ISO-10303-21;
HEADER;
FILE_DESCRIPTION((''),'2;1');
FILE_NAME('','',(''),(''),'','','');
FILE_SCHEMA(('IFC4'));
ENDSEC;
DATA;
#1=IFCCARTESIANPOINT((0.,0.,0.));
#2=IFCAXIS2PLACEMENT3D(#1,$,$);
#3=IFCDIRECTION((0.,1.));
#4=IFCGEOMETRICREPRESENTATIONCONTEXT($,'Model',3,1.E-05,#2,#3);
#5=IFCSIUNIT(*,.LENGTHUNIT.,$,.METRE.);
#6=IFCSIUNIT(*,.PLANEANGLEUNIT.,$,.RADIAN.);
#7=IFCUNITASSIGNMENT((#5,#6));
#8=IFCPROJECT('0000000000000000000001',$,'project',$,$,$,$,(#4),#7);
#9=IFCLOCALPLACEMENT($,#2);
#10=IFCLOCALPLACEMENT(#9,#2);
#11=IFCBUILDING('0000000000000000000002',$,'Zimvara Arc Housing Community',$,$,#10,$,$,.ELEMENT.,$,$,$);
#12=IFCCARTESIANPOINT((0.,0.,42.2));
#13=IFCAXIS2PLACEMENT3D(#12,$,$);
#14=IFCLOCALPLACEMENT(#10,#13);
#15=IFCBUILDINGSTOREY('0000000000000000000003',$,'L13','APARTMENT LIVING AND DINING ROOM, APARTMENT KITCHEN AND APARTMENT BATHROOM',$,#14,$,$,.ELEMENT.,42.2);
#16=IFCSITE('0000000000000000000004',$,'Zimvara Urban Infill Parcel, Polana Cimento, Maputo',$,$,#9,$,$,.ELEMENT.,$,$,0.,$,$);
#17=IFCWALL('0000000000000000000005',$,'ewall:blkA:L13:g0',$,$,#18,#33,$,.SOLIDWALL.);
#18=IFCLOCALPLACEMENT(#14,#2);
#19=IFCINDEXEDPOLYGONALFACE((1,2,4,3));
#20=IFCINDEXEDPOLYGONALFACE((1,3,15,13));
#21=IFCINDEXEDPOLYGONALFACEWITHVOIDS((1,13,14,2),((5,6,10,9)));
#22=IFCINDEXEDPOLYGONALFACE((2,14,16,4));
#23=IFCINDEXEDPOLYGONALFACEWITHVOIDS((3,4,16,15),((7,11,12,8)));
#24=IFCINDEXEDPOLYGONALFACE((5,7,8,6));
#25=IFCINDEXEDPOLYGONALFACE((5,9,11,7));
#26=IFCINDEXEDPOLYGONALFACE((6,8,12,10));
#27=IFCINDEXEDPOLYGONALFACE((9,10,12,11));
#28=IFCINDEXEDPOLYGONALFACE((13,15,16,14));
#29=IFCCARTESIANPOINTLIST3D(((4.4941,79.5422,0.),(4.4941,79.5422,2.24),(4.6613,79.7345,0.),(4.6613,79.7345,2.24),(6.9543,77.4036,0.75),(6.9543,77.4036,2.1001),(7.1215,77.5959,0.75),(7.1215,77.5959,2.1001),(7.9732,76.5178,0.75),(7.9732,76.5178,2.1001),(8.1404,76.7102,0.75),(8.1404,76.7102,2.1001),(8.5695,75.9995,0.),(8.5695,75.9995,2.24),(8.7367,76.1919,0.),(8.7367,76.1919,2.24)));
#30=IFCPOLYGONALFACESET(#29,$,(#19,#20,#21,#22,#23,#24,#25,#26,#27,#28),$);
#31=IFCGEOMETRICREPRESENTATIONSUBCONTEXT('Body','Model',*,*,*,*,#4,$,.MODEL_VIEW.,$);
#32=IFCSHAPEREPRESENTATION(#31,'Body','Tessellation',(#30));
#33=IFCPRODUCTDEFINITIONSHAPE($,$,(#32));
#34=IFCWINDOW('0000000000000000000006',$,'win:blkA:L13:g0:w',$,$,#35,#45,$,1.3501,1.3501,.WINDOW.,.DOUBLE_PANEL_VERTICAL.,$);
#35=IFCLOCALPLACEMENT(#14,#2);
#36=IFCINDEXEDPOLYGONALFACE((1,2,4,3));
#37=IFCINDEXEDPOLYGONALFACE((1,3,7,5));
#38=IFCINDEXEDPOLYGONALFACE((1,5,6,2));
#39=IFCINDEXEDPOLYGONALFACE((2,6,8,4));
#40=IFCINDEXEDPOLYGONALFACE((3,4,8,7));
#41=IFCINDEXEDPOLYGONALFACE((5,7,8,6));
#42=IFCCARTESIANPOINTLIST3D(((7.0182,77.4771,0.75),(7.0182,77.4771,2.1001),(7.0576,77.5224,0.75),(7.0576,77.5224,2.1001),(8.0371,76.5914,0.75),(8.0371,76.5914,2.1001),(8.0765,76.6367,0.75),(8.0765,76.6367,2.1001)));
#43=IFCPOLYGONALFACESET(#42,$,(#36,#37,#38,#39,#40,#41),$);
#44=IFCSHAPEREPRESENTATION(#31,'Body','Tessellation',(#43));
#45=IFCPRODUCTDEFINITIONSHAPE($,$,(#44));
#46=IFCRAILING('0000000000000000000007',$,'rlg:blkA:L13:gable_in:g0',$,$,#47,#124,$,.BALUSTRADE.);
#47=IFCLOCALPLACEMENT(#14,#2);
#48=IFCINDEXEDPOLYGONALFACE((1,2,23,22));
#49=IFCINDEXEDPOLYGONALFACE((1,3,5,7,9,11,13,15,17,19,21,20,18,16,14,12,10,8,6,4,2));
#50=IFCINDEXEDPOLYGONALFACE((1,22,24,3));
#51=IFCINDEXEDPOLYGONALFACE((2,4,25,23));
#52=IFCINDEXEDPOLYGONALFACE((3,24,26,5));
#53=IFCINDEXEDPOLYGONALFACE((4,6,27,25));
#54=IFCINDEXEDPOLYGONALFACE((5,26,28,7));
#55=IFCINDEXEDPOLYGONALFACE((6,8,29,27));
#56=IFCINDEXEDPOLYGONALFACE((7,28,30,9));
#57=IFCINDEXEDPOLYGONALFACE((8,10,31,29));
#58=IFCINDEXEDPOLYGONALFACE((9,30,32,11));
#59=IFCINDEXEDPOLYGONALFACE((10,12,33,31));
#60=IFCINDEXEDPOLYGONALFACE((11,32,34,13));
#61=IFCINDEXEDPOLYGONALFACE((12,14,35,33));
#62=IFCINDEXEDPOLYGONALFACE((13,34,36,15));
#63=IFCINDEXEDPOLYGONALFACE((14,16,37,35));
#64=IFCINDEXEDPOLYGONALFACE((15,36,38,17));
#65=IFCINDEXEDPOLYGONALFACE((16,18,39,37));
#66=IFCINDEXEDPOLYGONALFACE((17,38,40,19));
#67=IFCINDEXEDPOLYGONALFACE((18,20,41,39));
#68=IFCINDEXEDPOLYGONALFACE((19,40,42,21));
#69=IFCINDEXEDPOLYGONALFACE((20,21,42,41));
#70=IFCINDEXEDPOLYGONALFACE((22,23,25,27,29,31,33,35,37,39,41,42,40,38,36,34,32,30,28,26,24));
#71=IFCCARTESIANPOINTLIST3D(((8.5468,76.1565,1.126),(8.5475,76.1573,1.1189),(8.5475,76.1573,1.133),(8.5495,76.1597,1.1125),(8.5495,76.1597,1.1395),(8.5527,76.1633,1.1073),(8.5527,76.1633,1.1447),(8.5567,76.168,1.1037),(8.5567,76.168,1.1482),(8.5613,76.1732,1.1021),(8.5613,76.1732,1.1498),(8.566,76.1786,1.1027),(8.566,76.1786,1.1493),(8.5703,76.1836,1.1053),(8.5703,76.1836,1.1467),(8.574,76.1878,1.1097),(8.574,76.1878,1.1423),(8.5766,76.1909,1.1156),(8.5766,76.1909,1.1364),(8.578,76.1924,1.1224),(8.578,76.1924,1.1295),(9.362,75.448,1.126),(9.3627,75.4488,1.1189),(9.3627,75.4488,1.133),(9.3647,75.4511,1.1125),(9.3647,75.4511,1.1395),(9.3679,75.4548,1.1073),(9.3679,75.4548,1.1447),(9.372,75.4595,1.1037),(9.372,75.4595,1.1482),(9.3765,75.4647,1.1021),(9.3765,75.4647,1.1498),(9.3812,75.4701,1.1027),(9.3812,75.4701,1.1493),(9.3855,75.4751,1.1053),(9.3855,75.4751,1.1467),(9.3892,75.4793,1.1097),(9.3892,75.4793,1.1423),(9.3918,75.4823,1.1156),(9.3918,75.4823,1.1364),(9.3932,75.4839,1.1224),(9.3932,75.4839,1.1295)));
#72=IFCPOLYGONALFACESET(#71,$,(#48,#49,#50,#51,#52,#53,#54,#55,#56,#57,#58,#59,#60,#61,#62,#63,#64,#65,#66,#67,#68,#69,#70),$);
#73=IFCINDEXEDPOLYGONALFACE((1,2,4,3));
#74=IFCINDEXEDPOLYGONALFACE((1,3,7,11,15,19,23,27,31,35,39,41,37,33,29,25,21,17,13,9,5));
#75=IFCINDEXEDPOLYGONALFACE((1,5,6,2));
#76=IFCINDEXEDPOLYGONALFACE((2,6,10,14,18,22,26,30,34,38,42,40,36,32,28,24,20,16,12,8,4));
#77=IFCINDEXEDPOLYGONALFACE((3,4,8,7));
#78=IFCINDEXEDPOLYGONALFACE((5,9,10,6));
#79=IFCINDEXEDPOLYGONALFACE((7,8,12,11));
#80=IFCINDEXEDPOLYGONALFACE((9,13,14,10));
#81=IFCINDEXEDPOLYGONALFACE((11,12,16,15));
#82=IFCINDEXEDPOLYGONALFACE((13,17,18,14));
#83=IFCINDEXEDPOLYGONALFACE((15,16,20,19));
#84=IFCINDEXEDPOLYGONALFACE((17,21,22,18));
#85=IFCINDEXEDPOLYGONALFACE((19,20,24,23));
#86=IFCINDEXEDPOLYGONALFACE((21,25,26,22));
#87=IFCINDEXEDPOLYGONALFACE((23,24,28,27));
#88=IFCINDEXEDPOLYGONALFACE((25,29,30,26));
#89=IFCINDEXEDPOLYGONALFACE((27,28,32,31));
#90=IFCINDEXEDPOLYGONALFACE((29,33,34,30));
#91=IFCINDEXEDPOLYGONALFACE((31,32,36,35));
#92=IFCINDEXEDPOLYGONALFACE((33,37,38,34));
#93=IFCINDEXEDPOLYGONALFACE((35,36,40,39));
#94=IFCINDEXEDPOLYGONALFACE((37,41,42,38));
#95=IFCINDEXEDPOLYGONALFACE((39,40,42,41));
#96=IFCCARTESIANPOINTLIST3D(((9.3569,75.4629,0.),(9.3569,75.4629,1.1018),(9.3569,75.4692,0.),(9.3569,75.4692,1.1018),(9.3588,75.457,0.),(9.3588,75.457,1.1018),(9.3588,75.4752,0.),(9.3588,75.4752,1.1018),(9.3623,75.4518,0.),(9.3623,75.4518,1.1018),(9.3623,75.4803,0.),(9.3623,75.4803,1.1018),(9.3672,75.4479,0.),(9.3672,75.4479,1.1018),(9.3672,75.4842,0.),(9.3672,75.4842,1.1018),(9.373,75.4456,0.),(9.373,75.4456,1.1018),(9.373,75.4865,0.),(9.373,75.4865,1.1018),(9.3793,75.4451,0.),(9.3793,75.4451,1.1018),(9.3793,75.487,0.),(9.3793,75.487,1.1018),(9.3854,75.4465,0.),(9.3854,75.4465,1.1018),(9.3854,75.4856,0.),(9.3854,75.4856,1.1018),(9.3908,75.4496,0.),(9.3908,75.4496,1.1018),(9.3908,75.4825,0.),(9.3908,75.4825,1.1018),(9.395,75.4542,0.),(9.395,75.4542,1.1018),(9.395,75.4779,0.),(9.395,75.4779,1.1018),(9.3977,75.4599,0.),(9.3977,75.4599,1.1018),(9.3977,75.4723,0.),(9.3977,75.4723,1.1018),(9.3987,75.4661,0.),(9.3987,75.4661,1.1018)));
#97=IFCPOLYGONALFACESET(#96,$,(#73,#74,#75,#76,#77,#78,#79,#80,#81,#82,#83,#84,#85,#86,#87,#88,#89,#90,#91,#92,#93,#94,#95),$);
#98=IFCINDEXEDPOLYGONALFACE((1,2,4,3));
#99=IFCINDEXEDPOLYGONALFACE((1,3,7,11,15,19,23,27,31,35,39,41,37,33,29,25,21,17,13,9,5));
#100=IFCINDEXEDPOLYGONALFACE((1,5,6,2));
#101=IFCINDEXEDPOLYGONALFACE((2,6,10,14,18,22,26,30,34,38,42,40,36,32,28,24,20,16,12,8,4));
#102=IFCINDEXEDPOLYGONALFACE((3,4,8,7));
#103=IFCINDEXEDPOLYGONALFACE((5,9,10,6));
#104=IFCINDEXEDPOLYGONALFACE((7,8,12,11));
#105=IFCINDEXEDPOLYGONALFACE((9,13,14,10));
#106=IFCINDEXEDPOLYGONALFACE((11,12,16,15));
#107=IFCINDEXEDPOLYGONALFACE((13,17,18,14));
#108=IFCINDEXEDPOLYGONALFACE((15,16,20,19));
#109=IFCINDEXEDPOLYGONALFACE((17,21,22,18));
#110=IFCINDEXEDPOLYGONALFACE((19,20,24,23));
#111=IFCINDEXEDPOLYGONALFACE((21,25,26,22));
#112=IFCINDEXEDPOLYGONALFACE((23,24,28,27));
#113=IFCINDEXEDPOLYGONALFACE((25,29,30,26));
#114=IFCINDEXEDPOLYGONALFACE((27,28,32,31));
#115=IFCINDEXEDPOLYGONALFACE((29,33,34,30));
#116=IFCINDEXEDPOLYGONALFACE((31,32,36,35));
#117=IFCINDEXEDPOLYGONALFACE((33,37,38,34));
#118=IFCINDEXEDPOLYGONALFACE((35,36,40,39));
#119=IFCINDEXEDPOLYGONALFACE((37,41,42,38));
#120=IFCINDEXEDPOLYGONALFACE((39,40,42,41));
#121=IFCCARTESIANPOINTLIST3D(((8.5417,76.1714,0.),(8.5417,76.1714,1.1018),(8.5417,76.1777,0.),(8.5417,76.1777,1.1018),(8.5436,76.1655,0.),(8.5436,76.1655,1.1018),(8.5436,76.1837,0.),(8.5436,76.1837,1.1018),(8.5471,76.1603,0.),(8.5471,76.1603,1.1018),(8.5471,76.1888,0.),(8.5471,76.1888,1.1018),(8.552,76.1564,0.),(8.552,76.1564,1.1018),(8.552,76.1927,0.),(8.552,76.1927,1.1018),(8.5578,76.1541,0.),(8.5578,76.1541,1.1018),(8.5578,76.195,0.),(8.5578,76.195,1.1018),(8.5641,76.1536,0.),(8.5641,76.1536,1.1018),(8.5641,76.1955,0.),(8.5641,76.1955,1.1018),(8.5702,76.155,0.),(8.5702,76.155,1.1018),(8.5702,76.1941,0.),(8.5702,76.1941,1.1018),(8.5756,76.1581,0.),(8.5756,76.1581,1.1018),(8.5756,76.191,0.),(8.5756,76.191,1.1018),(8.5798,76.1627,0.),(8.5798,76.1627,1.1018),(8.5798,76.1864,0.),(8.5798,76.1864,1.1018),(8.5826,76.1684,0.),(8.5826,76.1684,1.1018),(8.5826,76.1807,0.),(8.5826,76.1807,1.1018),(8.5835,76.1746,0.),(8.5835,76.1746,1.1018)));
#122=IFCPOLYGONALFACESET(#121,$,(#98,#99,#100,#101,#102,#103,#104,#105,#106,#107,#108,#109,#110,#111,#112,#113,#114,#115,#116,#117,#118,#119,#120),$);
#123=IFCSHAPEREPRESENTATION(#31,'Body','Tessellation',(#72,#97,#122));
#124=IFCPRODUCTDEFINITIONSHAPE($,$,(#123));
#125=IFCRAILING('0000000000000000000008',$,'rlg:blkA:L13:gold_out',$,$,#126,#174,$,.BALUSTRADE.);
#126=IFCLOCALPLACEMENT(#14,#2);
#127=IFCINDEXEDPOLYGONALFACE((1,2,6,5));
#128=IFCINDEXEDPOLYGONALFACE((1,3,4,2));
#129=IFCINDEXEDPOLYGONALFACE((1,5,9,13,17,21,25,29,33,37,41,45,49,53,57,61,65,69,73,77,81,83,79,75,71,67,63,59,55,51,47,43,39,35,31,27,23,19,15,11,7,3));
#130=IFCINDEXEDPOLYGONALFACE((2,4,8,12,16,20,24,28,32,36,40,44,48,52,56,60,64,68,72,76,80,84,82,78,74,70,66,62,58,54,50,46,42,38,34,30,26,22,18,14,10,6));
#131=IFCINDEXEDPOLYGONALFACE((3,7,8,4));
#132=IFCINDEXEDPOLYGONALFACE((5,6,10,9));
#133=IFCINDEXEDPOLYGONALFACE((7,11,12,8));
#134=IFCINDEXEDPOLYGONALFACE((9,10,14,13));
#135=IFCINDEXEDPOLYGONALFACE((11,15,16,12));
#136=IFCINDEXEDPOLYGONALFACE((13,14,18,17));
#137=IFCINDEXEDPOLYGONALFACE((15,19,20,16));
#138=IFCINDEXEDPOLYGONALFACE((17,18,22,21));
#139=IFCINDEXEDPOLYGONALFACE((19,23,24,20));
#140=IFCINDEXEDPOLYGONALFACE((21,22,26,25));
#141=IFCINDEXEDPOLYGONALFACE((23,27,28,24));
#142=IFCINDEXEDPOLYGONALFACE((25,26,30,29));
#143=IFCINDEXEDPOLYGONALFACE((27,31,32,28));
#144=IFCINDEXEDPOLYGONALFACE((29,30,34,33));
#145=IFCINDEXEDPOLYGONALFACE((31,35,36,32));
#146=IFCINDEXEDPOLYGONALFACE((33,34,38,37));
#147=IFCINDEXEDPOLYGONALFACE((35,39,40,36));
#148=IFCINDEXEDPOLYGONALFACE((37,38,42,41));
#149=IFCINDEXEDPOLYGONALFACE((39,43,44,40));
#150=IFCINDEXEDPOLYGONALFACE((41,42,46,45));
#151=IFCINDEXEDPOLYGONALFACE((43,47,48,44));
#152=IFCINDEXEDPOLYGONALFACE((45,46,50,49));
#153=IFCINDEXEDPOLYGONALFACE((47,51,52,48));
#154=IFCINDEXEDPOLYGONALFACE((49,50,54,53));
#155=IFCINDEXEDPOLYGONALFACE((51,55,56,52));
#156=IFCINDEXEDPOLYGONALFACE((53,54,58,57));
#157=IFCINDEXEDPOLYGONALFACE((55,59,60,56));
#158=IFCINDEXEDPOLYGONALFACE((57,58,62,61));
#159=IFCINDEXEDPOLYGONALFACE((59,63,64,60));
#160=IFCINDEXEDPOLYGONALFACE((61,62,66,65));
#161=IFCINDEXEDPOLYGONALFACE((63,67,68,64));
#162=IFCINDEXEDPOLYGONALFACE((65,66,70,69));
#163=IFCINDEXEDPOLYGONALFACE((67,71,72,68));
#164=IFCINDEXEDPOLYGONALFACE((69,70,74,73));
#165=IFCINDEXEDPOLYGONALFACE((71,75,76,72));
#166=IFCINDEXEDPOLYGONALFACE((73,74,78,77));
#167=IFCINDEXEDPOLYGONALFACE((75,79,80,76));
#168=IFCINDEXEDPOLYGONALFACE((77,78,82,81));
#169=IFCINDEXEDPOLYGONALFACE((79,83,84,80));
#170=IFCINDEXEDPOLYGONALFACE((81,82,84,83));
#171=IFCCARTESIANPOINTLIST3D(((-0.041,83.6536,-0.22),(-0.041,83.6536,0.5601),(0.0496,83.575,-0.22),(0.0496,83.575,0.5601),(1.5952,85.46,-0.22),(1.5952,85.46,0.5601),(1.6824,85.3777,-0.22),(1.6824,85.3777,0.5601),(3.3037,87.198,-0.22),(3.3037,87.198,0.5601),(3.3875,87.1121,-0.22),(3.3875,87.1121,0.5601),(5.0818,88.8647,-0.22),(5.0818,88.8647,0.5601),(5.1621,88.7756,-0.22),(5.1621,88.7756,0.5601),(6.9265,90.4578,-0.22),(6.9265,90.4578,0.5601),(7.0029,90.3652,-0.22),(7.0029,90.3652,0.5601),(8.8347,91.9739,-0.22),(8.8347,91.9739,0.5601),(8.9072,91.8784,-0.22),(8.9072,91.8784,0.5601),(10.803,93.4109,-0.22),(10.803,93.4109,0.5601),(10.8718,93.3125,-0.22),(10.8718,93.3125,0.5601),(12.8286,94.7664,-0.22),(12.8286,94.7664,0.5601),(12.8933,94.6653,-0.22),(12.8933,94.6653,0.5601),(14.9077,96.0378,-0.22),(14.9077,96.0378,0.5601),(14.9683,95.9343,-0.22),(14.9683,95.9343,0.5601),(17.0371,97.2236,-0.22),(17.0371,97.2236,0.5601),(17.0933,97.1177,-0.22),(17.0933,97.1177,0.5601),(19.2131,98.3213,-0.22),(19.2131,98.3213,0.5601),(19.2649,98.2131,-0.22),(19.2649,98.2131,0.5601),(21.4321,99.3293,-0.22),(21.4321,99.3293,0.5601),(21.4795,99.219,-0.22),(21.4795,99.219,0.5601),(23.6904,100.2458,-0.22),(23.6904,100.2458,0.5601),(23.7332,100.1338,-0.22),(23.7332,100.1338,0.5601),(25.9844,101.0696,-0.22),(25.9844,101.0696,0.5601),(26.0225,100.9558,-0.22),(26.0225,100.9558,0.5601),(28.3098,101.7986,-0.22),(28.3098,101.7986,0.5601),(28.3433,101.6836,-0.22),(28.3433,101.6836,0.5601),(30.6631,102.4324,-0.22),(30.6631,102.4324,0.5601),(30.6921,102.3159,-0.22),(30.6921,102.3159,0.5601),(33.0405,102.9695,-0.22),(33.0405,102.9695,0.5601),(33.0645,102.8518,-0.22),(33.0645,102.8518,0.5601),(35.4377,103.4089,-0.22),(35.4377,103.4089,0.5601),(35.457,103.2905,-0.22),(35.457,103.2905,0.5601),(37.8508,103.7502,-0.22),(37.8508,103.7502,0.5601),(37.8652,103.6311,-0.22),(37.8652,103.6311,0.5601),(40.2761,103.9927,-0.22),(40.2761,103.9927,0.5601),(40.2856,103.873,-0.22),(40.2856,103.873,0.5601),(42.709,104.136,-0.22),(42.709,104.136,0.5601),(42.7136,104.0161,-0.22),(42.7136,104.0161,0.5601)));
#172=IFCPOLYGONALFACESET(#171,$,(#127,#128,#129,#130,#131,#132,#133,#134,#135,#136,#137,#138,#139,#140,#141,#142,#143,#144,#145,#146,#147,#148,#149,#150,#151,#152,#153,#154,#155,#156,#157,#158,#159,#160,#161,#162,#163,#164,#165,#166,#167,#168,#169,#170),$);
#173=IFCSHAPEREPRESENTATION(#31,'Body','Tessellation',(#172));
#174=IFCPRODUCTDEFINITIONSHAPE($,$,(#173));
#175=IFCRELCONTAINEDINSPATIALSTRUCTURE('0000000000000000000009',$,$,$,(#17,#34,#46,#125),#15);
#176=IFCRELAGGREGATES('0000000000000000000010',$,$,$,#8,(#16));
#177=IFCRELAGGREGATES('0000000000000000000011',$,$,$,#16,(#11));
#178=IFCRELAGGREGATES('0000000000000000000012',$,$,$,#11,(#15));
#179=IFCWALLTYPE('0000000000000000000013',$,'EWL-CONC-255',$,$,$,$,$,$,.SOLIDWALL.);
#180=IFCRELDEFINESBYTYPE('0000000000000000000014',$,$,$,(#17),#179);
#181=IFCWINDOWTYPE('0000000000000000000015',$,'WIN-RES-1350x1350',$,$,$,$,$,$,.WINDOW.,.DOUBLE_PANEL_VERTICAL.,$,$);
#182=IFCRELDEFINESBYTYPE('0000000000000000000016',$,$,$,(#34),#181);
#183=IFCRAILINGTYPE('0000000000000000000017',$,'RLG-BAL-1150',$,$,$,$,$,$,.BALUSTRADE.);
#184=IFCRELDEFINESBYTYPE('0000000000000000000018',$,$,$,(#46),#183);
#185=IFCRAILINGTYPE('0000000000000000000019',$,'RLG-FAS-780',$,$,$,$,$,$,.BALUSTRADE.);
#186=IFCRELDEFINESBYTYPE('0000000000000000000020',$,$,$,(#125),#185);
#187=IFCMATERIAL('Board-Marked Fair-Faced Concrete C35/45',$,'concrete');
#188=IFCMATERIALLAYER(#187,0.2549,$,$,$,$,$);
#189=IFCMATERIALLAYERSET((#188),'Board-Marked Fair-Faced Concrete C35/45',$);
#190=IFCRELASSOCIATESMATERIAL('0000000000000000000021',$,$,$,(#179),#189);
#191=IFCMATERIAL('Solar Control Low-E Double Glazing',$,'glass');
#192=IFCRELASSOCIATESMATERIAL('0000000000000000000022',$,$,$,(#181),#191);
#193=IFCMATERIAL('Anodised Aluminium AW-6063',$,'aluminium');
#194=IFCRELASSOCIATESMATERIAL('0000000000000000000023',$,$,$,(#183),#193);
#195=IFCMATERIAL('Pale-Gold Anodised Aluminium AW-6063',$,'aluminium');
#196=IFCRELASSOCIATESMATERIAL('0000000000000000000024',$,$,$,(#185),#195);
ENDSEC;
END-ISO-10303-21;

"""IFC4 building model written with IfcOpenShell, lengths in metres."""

from ifc_helpers import new_model, si_unit, direction, frame, frame_2d, origin, origin_2d, place, context, subcontext, project, spatial, polyline, rectangle, circle, outline, extrude, material, layer, layer_set, type_object, element, fill, save


model = new_model("IFC4")

# Units and contexts
model_context = context("Model", 3, precision=1e-05, world=origin(), true_north=direction((0.0, 1.0)))
body_context = subcontext(model_context, "Body", "Model", "MODEL_VIEW")
ifc_project = project(units=[si_unit("LENGTHUNIT", "METRE"), si_unit("PLANEANGLEUNIT", "RADIAN")], contexts=[model_context])

# Site, building, storey
site_placement = place(None, origin())
site = spatial("IfcSite", under=ifc_project, at=site_placement, Name="Zimvara Urban Infill Parcel, Polana Cimento, Maputo", CompositionType="ELEMENT", RefElevation=0.0)
building_placement = place(site_placement, origin())
building = spatial("IfcBuilding", under=site, at=building_placement, Name="Zimvara Arc Housing Community", CompositionType="ELEMENT")
storey_placement = place(building_placement, frame((0.0, 0.0, 42.2)))
storey = spatial("IfcBuildingStorey", under=building, at=storey_placement, Name="L13", Description="APARTMENT LIVING AND DINING ROOM, APARTMENT KITCHEN AND APARTMENT BATHROOM", CompositionType="ELEMENT", Elevation=42.2)

# Wall, opening, window
ifc_material_1 = material(Name="Board-Marked Fair-Faced Concrete C35/45", Category="concrete")
ifc_layer_1 = layer(ifc_material_1, 0.2549)
ifc_layer_set_1 = layer_set([ifc_layer_1], Name="Board-Marked Fair-Faced Concrete C35/45")
wall_type_1 = type_object("IfcWallType", Name="EWL-CONC-255", PredefinedType="SOLIDWALL", material=ifc_layer_set_1)
wall_1_placement = place(storey_placement, frame((8.6531, 76.0957, 0.0), z_axis=(0.0, 0.0, 1.0), x_axis=(-0.75471, 0.656059, 0.0)))
wall_1 = element("IfcWall", 1, at=wall_1_placement, inside=storey, type_object=wall_type_1, Name="ewall:blkA:L13:g0", PredefinedType="SOLIDWALL", context=body_context, shape_type="SweptSolid", body=[
    extrude(rectangle(XDim=5.3999, YDim=0.2549, at=frame_2d((2.7, 0.0))), origin(), (0.0, 0.0, 1.0), 2.24),
])
opening_1_placement = place(wall_1_placement, frame((0.79, 0.0, 0.75)))
opening_1 = element("IfcOpeningElement", 2, at=opening_1_placement, cuts=wall_1, PredefinedType="OPENING", context=body_context, shape_type="SweptSolid", body=[
    extrude(rectangle(XDim=1.3501, YDim=1.3501, at=frame_2d((0.675, 0.675))), frame((0.0, 0.1375, 0.0), z_axis=(0.0, -1.0, 0.0), x_axis=(1.0, 0.0, 0.0)), (0.0, 0.0, 1.0), 0.2749),
])
ifc_material_2 = material(Name="Solar Control Low-E Double Glazing", Category="glass")
window_type = type_object("IfcWindowType", Name="WIN-RES-1350x1350", PartitioningType="DOUBLE_PANEL_VERTICAL", PredefinedType="WINDOW", material=ifc_material_2)
window_placement = place(opening_1_placement, origin())
window = element("IfcWindow", 3, at=window_placement, inside=storey, type_object=window_type, Name="win:blkA:L13:g0:w", OverallHeight=1.3501, OverallWidth=1.3501, PartitioningType="DOUBLE_PANEL_VERTICAL", PredefinedType="WINDOW", context=body_context, shape_type="SweptSolid", body=[
    extrude(rectangle(XDim=1.3501, YDim=1.3501, at=frame_2d((0.675, 0.675))), frame((0.0, 0.03, 0.0), z_axis=(0.0, -1.0, 0.0), x_axis=(1.0, 0.0, 0.0)), (0.0, 0.0, 1.0), 0.0601),
])
fill(opening_1, window)

# Railings
ifc_material_3 = material(Name="Anodised Aluminium AW-6063", Category="aluminium")
railing_type_1 = type_object("IfcRailingType", Name="RLG-BAL-1150", PredefinedType="BALUSTRADE", material=ifc_material_3)
railing_1_placement = place(storey_placement, frame((9.3777, 75.4661, 0.0)))
element("IfcRailing", 4, at=railing_1_placement, inside=storey, type_object=railing_type_1, Name="rlg:blkA:L13:gable_in:g0", PredefinedType="BALUSTRADE", context=body_context, shape_type="SweptSolid", body=[
    extrude(circle(Radius=0.0239, at=origin_2d()), frame((0.0, 0.0, 1.126), z_axis=(-0.754771, 0.655988, 0.0), x_axis=(-0.655988, -0.754771, 0.0)), (0.0, 0.0, 1.0), 1.0801),
    extrude(circle(Radius=0.021, at=origin_2d()), origin(), (0.0, 0.0, 1.0), 1.1018),
    extrude(circle(Radius=0.021, at=origin_2d()), frame((-0.8152, 0.7085, 0.0)), (0.0, 0.0, 1.0), 1.1018),
])
ifc_material_4 = material(Name="Pale-Gold Anodised Aluminium AW-6063", Category="aluminium")
railing_type_2 = type_object("IfcRailingType", Name="RLG-FAS-780", PredefinedType="BALUSTRADE", material=ifc_material_4)
railing_2_placement = place(storey_placement, frame((0.0, 0.0, -0.22)))
element("IfcRailing", 5, at=railing_2_placement, inside=storey, type_object=railing_type_2, Name="rlg:blkA:L13:gold_out", PredefinedType="BALUSTRADE", context=body_context, shape_type="SweptSolid", body=[
    extrude(outline(polyline([(0.0496, 83.575), (1.6824, 85.3777), (3.3875, 87.1121), (5.1621, 88.7756), (7.0029, 90.3652), (8.9072, 91.8784), (10.8718, 93.3125), (12.8933, 94.6653), (14.9683, 95.9343), (17.0933, 97.1177), (19.2649, 98.2131), (21.4795, 99.219), (23.7332, 100.1338), (26.0225, 100.9558), (28.3433, 101.6836), (30.6921, 102.3159), (33.0645, 102.8518), (35.457, 103.2905), (37.8652, 103.6311), (40.2856, 103.873), (42.7136, 104.0161), (42.709, 104.136), (40.2761, 103.9927), (37.8508, 103.7502), (35.4377, 103.4089), (33.0405, 102.9695), (30.6631, 102.4324), (28.3098, 101.7986), (25.9844, 101.0696), (23.6904, 100.2458), (21.4321, 99.3293), (19.2131, 98.3213), (17.0371, 97.2236), (14.9077, 96.0378), (12.8286, 94.7664), (10.803, 93.4109), (8.8347, 91.9739), (6.9265, 90.4578), (5.0818, 88.8647), (3.3037, 87.198), (1.5952, 85.46), (-0.041, 83.6536), (0.0496, 83.575)])), origin(), (0.0, 0.0, 1.0), 0.78),
])

save(model, "model.ifc")
